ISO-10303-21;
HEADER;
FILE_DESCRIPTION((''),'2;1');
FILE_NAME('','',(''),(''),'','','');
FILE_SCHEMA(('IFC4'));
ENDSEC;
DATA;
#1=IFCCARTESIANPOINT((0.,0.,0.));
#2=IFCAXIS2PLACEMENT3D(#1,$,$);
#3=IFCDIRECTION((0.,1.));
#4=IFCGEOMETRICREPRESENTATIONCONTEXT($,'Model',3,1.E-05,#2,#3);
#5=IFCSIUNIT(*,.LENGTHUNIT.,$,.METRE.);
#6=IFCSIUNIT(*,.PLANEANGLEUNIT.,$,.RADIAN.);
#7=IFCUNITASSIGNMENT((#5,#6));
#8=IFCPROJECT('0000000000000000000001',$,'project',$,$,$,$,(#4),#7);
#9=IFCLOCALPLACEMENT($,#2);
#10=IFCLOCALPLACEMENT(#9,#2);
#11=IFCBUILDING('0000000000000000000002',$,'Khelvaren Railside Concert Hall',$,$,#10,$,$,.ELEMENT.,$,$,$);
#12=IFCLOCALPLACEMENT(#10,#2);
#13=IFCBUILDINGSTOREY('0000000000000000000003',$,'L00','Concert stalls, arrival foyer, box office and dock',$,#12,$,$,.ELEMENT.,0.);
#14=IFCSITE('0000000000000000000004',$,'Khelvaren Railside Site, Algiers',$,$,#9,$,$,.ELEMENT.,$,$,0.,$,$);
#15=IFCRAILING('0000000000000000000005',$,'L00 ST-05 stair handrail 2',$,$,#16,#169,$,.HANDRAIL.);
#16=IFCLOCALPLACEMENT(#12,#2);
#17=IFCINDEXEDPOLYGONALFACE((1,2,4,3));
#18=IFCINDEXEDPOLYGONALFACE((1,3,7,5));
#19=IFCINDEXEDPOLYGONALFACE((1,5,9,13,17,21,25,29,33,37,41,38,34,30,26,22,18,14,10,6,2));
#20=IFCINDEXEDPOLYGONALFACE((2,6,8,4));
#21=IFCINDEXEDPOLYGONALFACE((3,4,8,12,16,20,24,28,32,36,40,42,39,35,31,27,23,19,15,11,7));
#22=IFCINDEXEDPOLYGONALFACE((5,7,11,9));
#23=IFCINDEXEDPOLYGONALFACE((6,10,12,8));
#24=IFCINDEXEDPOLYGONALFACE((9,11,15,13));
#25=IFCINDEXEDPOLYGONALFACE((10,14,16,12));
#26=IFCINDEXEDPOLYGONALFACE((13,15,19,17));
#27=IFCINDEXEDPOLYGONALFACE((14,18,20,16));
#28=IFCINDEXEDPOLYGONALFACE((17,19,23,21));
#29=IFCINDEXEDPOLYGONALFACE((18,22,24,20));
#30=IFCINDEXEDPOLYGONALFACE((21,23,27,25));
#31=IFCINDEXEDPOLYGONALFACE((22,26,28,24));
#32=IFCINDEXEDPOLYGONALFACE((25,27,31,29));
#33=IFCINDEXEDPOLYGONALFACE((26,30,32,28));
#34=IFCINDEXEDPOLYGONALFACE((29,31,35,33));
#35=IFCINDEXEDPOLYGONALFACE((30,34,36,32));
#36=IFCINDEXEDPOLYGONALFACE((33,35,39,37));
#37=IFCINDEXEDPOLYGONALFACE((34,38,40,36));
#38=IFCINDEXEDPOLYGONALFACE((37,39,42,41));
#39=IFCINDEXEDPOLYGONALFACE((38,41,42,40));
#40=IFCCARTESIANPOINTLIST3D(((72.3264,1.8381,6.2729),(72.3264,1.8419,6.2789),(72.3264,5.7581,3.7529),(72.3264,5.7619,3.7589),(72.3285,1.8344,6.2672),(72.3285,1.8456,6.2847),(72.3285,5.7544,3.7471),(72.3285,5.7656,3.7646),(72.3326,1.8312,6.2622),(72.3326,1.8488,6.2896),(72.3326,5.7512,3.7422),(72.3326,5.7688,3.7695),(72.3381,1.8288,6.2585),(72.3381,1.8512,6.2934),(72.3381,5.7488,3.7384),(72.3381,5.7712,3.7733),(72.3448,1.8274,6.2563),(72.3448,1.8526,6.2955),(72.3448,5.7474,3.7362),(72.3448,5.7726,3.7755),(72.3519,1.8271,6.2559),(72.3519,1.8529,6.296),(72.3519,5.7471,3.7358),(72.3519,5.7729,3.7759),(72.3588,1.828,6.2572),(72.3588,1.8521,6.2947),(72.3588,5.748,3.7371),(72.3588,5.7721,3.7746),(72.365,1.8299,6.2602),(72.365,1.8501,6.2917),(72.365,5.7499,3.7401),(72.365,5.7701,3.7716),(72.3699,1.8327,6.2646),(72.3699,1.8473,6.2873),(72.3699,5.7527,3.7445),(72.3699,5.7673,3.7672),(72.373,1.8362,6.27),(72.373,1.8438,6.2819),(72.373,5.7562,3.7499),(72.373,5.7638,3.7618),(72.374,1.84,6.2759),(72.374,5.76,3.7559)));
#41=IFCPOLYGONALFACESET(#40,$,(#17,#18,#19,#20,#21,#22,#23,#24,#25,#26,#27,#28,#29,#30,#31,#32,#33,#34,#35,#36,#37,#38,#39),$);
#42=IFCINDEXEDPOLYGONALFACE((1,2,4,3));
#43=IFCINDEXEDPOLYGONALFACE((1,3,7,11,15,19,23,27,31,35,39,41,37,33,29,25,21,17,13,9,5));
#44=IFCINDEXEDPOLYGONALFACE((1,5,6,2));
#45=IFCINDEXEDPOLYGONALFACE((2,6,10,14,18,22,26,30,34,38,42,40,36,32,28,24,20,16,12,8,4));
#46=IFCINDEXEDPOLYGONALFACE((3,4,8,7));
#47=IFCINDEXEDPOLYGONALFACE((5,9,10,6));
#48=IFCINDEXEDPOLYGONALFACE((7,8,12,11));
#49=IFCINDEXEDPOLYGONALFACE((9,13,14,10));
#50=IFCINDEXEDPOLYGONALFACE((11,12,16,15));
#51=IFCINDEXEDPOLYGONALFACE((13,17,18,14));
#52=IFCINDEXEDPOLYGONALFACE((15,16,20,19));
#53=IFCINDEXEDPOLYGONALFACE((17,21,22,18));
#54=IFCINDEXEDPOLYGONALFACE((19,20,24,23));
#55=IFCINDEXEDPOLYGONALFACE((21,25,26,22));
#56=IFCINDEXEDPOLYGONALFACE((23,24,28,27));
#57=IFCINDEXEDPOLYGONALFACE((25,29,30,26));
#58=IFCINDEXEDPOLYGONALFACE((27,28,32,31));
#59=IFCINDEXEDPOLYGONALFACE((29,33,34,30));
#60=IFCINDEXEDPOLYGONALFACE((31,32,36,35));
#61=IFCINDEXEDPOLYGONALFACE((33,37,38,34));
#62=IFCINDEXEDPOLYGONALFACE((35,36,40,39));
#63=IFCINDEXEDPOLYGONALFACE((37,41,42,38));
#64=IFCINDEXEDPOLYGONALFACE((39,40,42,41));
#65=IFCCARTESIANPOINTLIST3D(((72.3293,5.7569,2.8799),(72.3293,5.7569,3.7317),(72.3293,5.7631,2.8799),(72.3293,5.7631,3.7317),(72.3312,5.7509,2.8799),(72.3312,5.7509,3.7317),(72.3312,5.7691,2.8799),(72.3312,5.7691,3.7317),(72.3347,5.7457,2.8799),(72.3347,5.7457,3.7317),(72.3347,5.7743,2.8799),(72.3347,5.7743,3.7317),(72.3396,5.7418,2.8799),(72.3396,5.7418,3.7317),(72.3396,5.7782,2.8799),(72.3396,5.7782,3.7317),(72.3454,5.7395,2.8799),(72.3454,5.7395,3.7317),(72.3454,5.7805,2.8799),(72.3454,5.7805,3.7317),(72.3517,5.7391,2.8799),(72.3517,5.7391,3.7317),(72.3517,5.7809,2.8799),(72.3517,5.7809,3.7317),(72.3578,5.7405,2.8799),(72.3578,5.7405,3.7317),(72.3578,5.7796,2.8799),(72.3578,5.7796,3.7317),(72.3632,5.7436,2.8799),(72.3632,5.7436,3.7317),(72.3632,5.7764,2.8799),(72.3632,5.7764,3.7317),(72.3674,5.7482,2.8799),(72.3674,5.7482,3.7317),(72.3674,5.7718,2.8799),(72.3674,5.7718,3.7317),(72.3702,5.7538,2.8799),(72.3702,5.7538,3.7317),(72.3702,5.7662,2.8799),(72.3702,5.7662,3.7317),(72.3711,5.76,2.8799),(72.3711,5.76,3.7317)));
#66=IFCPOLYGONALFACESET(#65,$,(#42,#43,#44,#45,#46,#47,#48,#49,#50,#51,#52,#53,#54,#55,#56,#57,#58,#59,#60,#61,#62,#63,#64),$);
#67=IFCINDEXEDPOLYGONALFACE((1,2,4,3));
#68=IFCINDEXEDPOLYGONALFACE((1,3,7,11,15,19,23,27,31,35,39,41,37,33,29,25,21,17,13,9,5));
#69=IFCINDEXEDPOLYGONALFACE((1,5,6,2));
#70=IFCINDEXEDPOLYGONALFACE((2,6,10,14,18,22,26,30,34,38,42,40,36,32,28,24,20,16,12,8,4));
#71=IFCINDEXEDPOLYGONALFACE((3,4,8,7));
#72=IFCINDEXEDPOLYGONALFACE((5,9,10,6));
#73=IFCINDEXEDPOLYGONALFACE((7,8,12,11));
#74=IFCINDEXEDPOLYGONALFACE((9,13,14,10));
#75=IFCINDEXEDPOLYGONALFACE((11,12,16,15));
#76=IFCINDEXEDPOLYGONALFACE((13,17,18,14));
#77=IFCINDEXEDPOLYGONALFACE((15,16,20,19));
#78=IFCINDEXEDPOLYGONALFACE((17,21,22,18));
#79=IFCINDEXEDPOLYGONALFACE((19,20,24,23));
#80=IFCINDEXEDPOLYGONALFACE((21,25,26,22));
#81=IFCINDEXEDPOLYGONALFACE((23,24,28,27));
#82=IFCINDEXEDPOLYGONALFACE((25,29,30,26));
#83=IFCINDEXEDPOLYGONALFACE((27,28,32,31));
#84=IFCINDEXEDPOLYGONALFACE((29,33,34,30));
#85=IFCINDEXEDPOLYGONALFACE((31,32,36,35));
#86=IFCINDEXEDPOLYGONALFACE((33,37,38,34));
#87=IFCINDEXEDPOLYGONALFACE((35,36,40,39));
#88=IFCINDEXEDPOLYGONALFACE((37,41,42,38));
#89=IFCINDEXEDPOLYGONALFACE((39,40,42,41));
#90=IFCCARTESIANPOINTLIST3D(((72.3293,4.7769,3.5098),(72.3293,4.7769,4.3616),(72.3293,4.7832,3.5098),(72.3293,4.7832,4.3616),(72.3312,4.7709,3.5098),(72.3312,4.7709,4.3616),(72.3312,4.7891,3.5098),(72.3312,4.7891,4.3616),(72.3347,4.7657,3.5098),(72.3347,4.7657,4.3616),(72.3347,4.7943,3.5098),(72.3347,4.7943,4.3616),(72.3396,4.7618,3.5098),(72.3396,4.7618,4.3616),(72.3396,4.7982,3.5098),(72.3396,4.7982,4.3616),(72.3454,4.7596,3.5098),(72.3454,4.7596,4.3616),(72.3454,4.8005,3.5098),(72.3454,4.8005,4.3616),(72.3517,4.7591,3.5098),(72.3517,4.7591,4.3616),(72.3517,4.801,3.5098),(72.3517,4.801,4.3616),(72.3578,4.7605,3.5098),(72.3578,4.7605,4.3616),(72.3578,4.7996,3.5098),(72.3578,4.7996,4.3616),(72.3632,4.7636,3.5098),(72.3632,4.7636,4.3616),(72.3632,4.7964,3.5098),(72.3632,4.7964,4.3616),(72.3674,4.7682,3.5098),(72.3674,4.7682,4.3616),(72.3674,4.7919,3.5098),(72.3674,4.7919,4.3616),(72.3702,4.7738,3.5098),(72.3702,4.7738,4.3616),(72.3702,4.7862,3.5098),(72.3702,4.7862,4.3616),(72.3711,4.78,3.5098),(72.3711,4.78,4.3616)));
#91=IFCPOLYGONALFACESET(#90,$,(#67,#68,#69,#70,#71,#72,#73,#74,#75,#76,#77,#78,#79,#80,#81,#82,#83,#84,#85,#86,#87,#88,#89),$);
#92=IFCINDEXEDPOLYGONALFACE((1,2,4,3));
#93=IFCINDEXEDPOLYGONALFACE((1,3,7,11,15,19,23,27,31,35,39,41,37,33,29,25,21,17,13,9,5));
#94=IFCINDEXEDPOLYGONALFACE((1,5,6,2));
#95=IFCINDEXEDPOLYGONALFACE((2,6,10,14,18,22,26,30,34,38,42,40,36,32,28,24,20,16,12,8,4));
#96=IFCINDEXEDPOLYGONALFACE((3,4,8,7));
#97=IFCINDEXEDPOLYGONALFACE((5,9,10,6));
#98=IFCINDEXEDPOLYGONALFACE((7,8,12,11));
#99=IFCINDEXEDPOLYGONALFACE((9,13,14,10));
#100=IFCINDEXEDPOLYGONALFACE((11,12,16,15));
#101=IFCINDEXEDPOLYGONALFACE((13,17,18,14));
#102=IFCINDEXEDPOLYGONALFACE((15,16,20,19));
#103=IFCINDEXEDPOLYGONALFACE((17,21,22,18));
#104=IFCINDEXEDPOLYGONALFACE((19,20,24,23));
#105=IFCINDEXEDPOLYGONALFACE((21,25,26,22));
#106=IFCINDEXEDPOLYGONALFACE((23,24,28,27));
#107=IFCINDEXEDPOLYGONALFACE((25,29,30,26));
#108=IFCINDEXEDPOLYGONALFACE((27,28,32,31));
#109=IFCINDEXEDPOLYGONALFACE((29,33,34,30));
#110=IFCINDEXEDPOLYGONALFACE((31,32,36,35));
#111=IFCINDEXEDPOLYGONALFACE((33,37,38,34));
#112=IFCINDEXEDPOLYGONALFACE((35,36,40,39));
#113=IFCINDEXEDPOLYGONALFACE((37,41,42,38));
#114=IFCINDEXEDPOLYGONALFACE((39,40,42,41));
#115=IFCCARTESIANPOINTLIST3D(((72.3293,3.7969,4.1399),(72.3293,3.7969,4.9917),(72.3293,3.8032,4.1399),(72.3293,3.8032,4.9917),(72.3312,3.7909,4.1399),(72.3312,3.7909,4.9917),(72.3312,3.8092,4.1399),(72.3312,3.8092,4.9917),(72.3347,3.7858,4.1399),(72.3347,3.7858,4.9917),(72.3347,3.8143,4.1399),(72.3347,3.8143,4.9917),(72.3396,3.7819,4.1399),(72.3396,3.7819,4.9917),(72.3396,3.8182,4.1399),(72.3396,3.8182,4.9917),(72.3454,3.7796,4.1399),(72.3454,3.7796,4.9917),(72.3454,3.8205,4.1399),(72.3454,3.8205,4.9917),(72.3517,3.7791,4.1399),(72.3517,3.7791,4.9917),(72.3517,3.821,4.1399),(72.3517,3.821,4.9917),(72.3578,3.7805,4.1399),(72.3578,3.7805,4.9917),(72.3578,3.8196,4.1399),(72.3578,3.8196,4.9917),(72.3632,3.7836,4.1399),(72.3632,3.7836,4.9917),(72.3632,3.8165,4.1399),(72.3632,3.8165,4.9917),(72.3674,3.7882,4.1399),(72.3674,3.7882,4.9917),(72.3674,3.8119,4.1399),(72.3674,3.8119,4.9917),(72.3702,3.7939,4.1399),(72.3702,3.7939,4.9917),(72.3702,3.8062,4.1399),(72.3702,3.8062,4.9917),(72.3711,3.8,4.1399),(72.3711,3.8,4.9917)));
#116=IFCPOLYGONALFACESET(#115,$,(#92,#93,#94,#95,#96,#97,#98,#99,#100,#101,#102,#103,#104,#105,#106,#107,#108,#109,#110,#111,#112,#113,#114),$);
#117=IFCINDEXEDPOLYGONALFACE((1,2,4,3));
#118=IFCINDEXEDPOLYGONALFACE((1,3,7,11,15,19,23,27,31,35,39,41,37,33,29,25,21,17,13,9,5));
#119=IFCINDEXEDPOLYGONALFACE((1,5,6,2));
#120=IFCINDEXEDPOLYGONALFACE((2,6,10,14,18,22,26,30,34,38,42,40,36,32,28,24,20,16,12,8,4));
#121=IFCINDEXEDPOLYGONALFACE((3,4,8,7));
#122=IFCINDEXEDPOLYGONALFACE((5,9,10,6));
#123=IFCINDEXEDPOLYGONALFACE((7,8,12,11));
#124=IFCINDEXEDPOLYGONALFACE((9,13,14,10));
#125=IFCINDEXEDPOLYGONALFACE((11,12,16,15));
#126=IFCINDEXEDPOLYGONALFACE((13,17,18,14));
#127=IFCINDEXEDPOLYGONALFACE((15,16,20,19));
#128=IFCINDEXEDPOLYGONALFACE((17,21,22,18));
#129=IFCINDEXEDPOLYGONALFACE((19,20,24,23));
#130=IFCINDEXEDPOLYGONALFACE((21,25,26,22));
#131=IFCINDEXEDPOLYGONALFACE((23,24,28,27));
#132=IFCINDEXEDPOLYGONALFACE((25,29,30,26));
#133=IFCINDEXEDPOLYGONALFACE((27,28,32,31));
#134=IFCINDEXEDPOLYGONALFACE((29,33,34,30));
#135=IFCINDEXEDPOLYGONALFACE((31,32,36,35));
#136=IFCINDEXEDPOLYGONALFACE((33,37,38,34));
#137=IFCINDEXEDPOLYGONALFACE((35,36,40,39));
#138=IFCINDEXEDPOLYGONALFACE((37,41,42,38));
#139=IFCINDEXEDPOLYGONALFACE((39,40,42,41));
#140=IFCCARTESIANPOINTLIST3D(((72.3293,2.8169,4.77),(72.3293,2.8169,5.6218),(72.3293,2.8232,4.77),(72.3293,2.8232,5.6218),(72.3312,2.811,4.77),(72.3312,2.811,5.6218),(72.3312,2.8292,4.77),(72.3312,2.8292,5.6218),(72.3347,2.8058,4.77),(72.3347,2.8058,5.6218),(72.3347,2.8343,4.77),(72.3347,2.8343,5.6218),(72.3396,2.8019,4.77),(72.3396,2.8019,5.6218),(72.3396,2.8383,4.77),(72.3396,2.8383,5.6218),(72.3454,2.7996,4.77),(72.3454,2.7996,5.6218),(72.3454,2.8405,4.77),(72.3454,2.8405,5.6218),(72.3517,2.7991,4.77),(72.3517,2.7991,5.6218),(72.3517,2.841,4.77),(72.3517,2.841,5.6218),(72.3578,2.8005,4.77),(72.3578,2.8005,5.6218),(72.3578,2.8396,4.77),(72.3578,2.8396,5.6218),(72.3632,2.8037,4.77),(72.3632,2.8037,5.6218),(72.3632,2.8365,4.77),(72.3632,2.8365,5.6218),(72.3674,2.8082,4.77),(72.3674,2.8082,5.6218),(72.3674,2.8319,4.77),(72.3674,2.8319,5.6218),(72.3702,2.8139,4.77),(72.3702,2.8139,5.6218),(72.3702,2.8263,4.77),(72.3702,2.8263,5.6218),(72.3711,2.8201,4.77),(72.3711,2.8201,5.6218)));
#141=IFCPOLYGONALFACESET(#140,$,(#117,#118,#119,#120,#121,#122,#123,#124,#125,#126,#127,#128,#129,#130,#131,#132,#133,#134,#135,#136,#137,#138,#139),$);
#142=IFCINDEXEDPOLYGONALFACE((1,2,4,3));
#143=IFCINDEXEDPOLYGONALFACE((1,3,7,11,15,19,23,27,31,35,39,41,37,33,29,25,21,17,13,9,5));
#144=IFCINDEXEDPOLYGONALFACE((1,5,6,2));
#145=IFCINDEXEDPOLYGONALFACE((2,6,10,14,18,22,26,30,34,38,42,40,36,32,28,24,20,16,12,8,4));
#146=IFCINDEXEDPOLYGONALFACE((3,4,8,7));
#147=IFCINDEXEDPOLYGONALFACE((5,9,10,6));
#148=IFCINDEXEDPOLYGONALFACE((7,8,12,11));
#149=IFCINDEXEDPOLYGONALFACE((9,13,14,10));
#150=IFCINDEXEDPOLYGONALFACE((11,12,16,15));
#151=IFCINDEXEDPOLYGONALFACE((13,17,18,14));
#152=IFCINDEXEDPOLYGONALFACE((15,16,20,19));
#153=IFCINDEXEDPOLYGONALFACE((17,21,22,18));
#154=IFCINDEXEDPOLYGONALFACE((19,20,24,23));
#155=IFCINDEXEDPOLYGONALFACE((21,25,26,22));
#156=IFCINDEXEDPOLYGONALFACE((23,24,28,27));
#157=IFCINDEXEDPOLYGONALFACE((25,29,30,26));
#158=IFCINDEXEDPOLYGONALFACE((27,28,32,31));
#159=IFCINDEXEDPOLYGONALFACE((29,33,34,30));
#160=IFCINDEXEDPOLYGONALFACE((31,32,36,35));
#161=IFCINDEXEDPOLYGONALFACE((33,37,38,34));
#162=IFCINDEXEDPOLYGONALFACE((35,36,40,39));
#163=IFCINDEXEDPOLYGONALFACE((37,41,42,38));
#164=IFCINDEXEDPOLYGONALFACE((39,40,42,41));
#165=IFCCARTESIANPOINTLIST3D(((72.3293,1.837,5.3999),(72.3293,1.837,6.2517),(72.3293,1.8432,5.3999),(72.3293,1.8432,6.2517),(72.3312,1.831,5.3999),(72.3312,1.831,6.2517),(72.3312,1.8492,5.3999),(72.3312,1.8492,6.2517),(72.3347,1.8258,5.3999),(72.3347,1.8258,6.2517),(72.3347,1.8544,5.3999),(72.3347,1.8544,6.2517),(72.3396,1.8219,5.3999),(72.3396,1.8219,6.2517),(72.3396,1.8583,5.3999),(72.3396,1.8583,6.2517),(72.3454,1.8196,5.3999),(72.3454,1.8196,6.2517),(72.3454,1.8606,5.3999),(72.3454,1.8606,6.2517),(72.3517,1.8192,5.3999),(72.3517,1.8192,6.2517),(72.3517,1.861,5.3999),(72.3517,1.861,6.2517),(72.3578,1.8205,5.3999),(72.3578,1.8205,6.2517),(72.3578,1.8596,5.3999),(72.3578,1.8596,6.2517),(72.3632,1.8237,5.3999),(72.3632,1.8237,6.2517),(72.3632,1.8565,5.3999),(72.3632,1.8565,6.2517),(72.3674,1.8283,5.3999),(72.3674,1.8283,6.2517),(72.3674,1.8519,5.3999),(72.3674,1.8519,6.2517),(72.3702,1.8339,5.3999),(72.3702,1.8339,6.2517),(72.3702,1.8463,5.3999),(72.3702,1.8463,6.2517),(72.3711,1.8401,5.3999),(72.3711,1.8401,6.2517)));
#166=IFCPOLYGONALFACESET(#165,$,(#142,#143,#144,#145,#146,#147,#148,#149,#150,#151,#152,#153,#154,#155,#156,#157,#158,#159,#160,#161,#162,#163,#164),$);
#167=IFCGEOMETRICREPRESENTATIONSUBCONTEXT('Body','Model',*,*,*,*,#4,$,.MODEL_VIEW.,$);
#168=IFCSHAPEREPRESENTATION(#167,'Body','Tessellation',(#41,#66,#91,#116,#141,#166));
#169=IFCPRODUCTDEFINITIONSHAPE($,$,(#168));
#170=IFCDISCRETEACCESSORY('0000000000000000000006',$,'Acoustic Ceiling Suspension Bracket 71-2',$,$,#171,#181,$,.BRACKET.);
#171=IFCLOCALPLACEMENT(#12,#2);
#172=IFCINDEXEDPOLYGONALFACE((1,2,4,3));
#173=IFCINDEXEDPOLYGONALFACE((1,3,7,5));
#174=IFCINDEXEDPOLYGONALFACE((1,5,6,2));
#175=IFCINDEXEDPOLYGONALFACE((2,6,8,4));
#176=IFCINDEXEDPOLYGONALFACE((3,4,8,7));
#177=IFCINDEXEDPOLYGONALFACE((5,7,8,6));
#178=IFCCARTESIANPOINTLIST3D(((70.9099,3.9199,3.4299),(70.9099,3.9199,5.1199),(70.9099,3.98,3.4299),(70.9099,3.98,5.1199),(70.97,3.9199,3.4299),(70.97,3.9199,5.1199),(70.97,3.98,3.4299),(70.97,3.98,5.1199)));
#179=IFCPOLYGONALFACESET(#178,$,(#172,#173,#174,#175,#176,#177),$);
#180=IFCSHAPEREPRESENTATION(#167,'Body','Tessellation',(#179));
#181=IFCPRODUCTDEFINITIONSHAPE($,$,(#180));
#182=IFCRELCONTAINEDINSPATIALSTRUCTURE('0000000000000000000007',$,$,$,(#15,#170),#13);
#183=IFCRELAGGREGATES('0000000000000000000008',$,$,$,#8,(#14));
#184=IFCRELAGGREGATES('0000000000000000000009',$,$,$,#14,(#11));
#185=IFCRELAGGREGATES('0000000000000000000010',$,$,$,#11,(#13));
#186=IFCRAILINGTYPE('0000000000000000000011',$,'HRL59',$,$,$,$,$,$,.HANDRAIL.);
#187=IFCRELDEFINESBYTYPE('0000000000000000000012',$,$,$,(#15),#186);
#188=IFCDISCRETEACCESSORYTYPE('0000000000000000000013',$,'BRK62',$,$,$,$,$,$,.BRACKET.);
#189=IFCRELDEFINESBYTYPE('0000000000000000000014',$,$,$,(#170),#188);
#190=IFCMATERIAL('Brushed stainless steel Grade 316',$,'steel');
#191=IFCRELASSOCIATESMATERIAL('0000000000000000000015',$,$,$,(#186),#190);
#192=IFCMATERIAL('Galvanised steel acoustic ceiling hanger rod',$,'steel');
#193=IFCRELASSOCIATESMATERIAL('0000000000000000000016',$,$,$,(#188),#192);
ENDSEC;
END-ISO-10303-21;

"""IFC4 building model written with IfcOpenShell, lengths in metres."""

from ifc_helpers import new_model, si_unit, direction, frame, origin, origin_2d, place, context, subcontext, project, spatial, rectangle, circle, extrude, material, type_object, element, save


model = new_model("IFC4")

# Units and contexts
model_context = context("Model", 3, precision=1e-05, world=origin(), true_north=direction((0.0, 1.0)))
body_context = subcontext(model_context, "Body", "Model", "MODEL_VIEW")
ifc_project = project(units=[si_unit("LENGTHUNIT", "METRE"), si_unit("PLANEANGLEUNIT", "RADIAN")], contexts=[model_context])

# Site, building, storey
site_placement = place(None, origin())
site = spatial("IfcSite", under=ifc_project, at=site_placement, Name="Khelvaren Railside Site, Algiers", CompositionType="ELEMENT", RefElevation=0.0)
building_placement = place(site_placement, origin())
building = spatial("IfcBuilding", under=site, at=building_placement, Name="Khelvaren Railside Concert Hall", CompositionType="ELEMENT")
storey_placement = place(building_placement, origin())
storey = spatial("IfcBuildingStorey", under=building, at=storey_placement, Name="L00", Description="Concert stalls, arrival foyer, box office and dock", CompositionType="ELEMENT", Elevation=0.0)

# Railing
ifc_material_1 = material(Name="Brushed stainless steel Grade 316", Category="steel")
railing_type_1 = type_object("IfcRailingType", Name="HRL59", PredefinedType="HANDRAIL", material=ifc_material_1)
railing_1_placement = place(storey_placement, frame((72.3501, 5.76, 2.8799)))
element("IfcRailing", 1, at=railing_1_placement, inside=storey, type_object=railing_type_1, Name="L00 ST-05 stair handrail 2", PredefinedType="HANDRAIL", context=body_context, shape_type="SweptSolid", body=[
    extrude(circle(Radius=0.0239, at=origin_2d()), frame((0.0, 0.0, 0.876), z_axis=(0.0, -0.841172, 0.540768), x_axis=(1.0, 0.0, 0.0)), (0.0, 0.0, 1.0), 4.6602),
    extrude(circle(Radius=0.021, at=origin_2d()), origin(), (0.0, 0.0, 1.0), 0.8518),
    extrude(circle(Radius=0.021, at=origin_2d()), frame((0.0, -0.98, 0.6299)), (0.0, 0.0, 1.0), 0.8518),
    extrude(circle(Radius=0.021, at=origin_2d()), frame((0.0, -1.96, 1.26)), (0.0, 0.0, 1.0), 0.8518),
    extrude(circle(Radius=0.021, at=origin_2d()), frame((0.0, -2.9399, 1.8901)), (0.0, 0.0, 1.0), 0.8518),
    extrude(circle(Radius=0.021, at=origin_2d()), frame((0.0, -3.9199, 2.52)), (0.0, 0.0, 1.0), 0.8518),
])

# Discrete accessory
ifc_material_2 = material(Name="Galvanised steel acoustic ceiling hanger rod", Category="steel")
discrete_accessory_type = type_object("IfcDiscreteAccessoryType", Name="BRK62", PredefinedType="BRACKET", material=ifc_material_2)
discrete_accessory_placement = place(storey_placement, frame((70.9399, 3.95, 3.4299), z_axis=(0.0, 0.0, 1.0), x_axis=(1.0, 0.0, 0.0)))
element("IfcDiscreteAccessory", 2, at=discrete_accessory_placement, inside=storey, type_object=discrete_accessory_type, Name="Acoustic Ceiling Suspension Bracket 71-2", PredefinedType="BRACKET", context=body_context, shape_type="SweptSolid", body=[
    extrude(rectangle(XDim=0.0601, YDim=0.0601, at=origin_2d()), origin(), (0.0, 0.0, 1.0), 1.6899),
])

save(model, "model.ifc")
